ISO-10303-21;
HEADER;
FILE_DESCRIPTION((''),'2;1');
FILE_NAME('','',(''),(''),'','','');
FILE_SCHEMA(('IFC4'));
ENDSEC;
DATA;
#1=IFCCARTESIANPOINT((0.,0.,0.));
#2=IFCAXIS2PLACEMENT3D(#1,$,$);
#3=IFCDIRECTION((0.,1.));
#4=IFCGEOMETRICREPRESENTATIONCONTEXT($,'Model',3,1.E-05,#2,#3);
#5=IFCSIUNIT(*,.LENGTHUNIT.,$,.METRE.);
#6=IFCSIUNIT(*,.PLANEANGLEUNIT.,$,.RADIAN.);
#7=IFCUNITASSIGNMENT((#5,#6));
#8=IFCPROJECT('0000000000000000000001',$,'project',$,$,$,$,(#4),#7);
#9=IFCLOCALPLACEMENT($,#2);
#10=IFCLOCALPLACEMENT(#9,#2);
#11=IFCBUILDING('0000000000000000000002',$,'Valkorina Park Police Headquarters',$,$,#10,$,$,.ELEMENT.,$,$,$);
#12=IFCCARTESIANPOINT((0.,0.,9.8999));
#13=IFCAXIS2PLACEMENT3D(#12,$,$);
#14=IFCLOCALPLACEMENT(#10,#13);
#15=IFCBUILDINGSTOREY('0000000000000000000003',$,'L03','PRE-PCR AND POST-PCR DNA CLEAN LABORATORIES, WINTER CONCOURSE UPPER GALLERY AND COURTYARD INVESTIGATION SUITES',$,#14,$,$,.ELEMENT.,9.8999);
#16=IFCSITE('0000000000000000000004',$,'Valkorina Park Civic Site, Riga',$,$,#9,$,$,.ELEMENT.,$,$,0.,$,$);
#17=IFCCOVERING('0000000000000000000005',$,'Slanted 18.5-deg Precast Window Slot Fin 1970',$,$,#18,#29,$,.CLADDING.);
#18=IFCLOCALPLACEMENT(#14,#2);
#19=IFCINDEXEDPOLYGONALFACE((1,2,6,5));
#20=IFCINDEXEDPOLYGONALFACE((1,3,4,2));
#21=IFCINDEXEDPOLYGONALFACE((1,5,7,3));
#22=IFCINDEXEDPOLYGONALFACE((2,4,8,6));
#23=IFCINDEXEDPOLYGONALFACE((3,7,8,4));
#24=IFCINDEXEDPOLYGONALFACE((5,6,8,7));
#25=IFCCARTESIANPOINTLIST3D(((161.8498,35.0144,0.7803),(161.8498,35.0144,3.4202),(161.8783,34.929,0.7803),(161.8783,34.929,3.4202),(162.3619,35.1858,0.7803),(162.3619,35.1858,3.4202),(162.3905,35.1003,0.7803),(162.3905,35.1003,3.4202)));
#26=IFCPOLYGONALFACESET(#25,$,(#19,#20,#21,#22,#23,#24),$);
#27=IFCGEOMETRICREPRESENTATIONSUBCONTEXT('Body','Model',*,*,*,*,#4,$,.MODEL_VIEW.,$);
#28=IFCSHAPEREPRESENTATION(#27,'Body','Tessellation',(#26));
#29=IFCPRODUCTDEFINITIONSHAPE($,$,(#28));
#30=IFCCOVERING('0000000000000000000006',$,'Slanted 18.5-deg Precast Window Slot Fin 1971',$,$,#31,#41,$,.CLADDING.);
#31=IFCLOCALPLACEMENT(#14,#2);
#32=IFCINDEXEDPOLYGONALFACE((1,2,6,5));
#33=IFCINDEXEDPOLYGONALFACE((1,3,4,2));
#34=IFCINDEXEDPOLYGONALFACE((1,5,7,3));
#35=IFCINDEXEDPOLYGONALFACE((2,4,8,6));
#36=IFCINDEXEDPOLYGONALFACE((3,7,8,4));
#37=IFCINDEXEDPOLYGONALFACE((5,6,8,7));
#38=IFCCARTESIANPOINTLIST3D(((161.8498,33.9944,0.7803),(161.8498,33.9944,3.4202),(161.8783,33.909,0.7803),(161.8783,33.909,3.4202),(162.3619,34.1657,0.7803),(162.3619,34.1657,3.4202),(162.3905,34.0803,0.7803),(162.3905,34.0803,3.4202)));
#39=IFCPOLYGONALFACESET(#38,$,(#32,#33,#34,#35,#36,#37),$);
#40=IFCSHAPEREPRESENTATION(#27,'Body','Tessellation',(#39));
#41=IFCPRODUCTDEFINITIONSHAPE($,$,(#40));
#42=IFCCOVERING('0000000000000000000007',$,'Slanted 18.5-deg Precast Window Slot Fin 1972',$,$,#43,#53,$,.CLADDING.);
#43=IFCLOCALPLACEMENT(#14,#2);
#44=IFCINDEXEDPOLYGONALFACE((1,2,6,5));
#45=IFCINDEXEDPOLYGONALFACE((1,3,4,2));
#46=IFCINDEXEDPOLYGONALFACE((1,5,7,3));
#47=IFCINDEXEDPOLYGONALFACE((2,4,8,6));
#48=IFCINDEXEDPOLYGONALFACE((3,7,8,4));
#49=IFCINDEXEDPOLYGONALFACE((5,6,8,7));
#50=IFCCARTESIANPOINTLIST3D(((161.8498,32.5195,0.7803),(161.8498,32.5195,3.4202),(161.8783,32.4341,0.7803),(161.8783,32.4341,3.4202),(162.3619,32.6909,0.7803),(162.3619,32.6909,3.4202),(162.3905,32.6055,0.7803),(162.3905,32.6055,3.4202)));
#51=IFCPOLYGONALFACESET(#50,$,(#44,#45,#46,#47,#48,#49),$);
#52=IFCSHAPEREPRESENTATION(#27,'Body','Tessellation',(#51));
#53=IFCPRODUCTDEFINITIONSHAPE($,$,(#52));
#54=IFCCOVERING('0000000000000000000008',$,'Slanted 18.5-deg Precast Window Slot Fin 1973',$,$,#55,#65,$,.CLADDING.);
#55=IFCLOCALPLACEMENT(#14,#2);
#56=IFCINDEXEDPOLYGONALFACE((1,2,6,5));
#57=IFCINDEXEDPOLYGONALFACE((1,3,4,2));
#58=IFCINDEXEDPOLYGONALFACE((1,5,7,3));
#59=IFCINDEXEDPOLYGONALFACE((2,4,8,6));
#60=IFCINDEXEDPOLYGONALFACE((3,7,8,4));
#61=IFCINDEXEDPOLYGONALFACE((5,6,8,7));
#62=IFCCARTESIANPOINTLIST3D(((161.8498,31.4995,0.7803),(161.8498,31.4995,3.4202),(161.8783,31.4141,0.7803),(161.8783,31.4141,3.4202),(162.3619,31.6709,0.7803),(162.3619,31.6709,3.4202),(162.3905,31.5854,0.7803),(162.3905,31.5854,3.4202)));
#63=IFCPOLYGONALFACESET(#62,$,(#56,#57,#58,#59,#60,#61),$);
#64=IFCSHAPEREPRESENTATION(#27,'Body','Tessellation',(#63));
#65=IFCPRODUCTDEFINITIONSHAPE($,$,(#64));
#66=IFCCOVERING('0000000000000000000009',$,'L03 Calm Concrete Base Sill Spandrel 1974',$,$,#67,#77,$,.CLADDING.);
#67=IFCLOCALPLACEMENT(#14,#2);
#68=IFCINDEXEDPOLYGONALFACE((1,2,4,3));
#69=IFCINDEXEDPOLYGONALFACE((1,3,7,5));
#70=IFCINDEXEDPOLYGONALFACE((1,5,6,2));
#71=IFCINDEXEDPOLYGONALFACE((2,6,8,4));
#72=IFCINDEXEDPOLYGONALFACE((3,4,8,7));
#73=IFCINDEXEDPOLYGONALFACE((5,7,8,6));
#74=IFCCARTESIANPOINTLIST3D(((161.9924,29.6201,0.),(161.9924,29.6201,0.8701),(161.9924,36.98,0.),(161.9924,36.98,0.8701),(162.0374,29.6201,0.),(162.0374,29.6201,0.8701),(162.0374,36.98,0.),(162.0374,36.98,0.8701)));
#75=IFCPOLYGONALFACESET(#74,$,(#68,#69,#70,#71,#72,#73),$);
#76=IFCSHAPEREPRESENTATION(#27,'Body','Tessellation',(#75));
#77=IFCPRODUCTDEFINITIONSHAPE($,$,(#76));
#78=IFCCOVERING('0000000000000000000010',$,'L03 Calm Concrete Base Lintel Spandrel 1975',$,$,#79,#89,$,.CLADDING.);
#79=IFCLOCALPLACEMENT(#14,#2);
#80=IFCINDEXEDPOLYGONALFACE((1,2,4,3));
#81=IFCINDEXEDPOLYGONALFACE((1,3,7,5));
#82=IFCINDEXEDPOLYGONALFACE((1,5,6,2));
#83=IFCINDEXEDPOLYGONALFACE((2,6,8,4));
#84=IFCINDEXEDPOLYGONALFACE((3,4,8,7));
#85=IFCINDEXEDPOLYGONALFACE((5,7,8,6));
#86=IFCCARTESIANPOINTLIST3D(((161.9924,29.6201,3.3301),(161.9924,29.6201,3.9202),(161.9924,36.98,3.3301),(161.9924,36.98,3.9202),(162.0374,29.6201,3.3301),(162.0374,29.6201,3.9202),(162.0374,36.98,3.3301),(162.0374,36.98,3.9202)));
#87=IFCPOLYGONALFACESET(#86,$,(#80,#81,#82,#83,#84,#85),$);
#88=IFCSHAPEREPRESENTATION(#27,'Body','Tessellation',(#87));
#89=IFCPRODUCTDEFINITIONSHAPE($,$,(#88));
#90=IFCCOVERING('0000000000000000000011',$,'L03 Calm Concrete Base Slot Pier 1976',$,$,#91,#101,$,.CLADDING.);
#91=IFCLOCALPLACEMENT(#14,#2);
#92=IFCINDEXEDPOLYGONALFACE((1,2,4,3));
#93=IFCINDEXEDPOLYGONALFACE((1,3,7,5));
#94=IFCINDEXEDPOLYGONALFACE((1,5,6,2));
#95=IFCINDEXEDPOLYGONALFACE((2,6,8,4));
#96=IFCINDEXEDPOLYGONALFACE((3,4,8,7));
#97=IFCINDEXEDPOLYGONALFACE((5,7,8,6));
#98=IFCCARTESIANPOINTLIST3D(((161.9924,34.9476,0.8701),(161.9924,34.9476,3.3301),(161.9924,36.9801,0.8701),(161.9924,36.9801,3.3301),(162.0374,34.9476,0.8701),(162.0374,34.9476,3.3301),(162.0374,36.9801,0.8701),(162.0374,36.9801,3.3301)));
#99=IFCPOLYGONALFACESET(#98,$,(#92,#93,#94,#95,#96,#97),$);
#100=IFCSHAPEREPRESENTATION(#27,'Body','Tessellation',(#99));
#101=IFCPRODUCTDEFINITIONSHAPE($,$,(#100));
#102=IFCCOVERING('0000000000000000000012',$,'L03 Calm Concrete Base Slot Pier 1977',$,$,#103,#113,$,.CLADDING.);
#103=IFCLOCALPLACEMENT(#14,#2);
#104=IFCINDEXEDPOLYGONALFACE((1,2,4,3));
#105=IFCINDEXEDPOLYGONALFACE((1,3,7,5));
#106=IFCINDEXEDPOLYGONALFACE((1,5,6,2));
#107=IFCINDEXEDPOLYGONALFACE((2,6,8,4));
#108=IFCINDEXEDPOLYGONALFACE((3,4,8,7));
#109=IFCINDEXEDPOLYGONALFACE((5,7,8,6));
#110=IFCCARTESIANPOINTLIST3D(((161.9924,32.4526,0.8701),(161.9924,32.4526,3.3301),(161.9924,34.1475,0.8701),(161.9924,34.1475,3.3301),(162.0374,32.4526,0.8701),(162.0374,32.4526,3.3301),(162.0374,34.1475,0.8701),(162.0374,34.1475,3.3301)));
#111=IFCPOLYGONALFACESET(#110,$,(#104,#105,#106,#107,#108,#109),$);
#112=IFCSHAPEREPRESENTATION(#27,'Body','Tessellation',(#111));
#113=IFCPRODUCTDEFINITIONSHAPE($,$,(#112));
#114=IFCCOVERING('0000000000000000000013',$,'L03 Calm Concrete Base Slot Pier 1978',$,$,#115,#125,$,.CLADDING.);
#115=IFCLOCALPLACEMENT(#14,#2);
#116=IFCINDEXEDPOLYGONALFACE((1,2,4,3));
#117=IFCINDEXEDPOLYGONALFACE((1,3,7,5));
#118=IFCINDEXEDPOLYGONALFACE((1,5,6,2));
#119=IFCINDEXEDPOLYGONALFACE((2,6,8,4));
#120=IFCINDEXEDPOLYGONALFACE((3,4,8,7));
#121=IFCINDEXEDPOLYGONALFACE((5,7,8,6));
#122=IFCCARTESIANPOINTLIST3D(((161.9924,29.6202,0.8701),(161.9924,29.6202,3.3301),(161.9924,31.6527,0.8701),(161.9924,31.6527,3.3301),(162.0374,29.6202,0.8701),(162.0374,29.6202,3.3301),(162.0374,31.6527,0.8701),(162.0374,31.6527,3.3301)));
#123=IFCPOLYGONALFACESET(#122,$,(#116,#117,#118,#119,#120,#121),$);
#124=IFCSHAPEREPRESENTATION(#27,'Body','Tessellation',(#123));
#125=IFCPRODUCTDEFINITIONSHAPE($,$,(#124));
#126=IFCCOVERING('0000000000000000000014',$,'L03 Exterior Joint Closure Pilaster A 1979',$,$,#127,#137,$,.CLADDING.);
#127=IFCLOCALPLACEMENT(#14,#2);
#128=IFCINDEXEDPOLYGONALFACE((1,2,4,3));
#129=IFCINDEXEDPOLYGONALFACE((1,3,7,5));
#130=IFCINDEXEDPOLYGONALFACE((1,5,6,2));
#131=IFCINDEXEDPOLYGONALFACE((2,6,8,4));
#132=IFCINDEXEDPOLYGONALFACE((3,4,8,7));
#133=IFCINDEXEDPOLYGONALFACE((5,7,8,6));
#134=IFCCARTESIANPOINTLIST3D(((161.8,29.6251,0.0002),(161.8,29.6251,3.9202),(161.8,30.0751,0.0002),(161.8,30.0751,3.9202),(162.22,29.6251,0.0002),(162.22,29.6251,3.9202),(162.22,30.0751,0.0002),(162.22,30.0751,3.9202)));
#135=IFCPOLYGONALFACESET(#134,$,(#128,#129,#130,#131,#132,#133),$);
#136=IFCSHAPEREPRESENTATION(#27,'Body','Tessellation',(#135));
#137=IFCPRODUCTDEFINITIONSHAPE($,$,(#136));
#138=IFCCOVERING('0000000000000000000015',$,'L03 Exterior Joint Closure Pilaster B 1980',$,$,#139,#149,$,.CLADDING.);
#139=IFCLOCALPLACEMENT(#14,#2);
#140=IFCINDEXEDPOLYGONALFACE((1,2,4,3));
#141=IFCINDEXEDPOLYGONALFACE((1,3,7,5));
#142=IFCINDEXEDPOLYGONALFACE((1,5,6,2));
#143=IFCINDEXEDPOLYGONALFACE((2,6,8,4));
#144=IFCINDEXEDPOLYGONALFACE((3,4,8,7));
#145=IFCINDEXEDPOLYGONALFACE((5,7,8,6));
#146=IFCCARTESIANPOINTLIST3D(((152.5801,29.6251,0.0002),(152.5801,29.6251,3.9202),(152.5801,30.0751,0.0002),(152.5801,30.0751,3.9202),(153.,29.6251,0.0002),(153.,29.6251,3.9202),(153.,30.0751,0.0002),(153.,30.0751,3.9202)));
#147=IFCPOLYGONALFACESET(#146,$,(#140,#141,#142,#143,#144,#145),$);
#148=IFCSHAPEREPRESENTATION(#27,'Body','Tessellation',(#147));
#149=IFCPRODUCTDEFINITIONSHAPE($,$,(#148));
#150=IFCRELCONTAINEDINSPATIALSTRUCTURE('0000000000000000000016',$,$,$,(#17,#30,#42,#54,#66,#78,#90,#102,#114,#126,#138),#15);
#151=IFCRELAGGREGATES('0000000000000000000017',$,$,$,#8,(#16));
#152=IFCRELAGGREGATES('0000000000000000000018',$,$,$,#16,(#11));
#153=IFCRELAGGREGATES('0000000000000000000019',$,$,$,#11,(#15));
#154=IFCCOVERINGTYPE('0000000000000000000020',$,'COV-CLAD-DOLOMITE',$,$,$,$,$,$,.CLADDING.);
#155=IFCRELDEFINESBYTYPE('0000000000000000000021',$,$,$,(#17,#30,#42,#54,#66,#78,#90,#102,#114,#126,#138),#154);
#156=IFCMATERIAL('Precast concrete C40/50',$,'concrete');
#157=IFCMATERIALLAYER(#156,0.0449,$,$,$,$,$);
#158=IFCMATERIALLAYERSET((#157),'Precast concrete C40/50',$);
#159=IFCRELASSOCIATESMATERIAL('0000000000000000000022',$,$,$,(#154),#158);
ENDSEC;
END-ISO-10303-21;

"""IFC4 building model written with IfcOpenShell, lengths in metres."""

from ifc_helpers import new_model, si_unit, direction, frame, frame_2d, origin, origin_2d, place, context, subcontext, project, spatial, rectangle, extrude, material, layer, layer_set, type_object, element, save


model = new_model("IFC4")

# Units and contexts
model_context = context("Model", 3, precision=1e-05, world=origin(), true_north=direction((0.0, 1.0)))
body_context = subcontext(model_context, "Body", "Model", "MODEL_VIEW")
ifc_project = project(units=[si_unit("LENGTHUNIT", "METRE"), si_unit("PLANEANGLEUNIT", "RADIAN")], contexts=[model_context])

# Site, building, storey
site_placement = place(None, origin())
site = spatial("IfcSite", under=ifc_project, at=site_placement, Name="Valkorina Park Civic Site, Riga", CompositionType="ELEMENT", RefElevation=0.0)
building_placement = place(site_placement, origin())
building = spatial("IfcBuilding", under=site, at=building_placement, Name="Valkorina Park Police Headquarters", CompositionType="ELEMENT")
storey_placement = place(building_placement, frame((0.0, 0.0, 9.8999)))
storey = spatial("IfcBuildingStorey", under=building, at=storey_placement, Name="L03", Description="PRE-PCR AND POST-PCR DNA CLEAN LABORATORIES, WINTER CONCOURSE UPPER GALLERY AND COURTYARD INVESTIGATION SUITES", CompositionType="ELEMENT", Elevation=9.8999)

# Shared definitions
ifc_material_1 = material(Name="Precast concrete C40/50", Category="concrete")

# Coverings
ifc_layer_1 = layer(ifc_material_1, 0.0449)
ifc_layer_set_1 = layer_set([ifc_layer_1], Name="Precast concrete C40/50")
covering_type = type_object("IfcCoveringType", Name="COV-CLAD-DOLOMITE", PredefinedType="CLADDING", material=ifc_layer_set_1)
for number, where, z_axis, x_axis, name in (
    (1, (162.1201, 35.0574, 0.7803), (0.0, 0.0, 1.0), (0.948324, 0.317305, 0.0), "Slanted 18.5-deg Precast Window Slot Fin 1970"),
    (2, (162.1201, 34.0374, 0.7803), (0.0, 0.0, 1.0), (0.948324, 0.317305, 0.0), "Slanted 18.5-deg Precast Window Slot Fin 1971"),
    (3, (162.1201, 32.5625, 0.7803), (0.0, 0.0, 1.0), (0.948324, 0.317305, 0.0), "Slanted 18.5-deg Precast Window Slot Fin 1972"),
    (4, (162.1201, 31.5425, 0.7803), (0.0, 0.0, 1.0), (0.948324, 0.317305, 0.0), "Slanted 18.5-deg Precast Window Slot Fin 1973"),
):
    element("IfcCovering", number, at=place(storey_placement, frame(where, z_axis=z_axis, x_axis=x_axis)), inside=storey, type_object=covering_type, Name=name, PredefinedType="CLADDING", context=body_context, shape_type="SweptSolid", body=[
        extrude(rectangle(XDim=0.54, YDim=0.0901, at=origin_2d()), origin(), (0.0, 0.0, 1.0), 2.6399),
    ])
covering_1_placement = place(storey_placement, frame((162.0149, 36.98, 0.0), z_axis=(0.0, 0.0, 1.0), x_axis=(0.0, -1.0, 0.0)))
element("IfcCovering", 5, at=covering_1_placement, inside=storey, type_object=covering_type, Name="L03 Calm Concrete Base Sill Spandrel 1974", PredefinedType="CLADDING", context=body_context, shape_type="SweptSolid", body=[
    extrude(rectangle(XDim=7.3599, YDim=0.0449, at=frame_2d((3.6799, 0.0))), origin(), (0.0, 0.0, 1.0), 0.8701),
])
covering_2_placement = place(storey_placement, frame((162.0149, 36.98, 3.3301), z_axis=(0.0, 0.0, 1.0), x_axis=(0.0, -1.0, 0.0)))
element("IfcCovering", 6, at=covering_2_placement, inside=storey, type_object=covering_type, Name="L03 Calm Concrete Base Lintel Spandrel 1975", PredefinedType="CLADDING", context=body_context, shape_type="SweptSolid", body=[
    extrude(rectangle(XDim=7.3599, YDim=0.0449, at=frame_2d((3.6799, 0.0))), origin(), (0.0, 0.0, 1.0), 0.5901),
])
covering_3_placement = place(storey_placement, frame((162.0149, 36.98, 0.8701), z_axis=(0.0, 0.0, 1.0), x_axis=(0.0, -1.0, 0.0)))
element("IfcCovering", 7, at=covering_3_placement, inside=storey, type_object=covering_type, Name="L03 Calm Concrete Base Slot Pier 1976", PredefinedType="CLADDING", context=body_context, shape_type="SweptSolid", body=[
    extrude(rectangle(XDim=2.0325, YDim=0.0449, at=frame_2d((1.0161, 0.0))), origin(), (0.0, 0.0, 1.0), 2.46),
])
covering_4_placement = place(storey_placement, frame((162.0149, 34.1475, 0.8701), z_axis=(0.0, 0.0, 1.0), x_axis=(0.0, -1.0, 0.0)))
element("IfcCovering", 8, at=covering_4_placement, inside=storey, type_object=covering_type, Name="L03 Calm Concrete Base Slot Pier 1977", PredefinedType="CLADDING", context=body_context, shape_type="SweptSolid", body=[
    extrude(rectangle(XDim=1.6948, YDim=0.0449, at=frame_2d((0.8474, 0.0))), origin(), (0.0, 0.0, 1.0), 2.46),
])
covering_5_placement = place(storey_placement, frame((162.0149, 31.6526, 0.8701), z_axis=(0.0, 0.0, 1.0), x_axis=(0.0, -1.0, 0.0)))
element("IfcCovering", 9, at=covering_5_placement, inside=storey, type_object=covering_type, Name="L03 Calm Concrete Base Slot Pier 1978", PredefinedType="CLADDING", context=body_context, shape_type="SweptSolid", body=[
    extrude(rectangle(XDim=2.0325, YDim=0.0449, at=frame_2d((1.0161, 0.0))), origin(), (0.0, 0.0, 1.0), 2.46),
])
for number, where, z_axis, x_axis, name in (
    (10, (162.01, 29.8501, 0.0002), (0.0, 0.0, 1.0), (1.0, 0.0, 0.0), "L03 Exterior Joint Closure Pilaster A 1979"),
    (11, (152.79, 29.8501, 0.0002), (0.0, 0.0, 1.0), (1.0, 0.0, 0.0), "L03 Exterior Joint Closure Pilaster B 1980"),
):
    element("IfcCovering", number, at=place(storey_placement, frame(where, z_axis=z_axis, x_axis=x_axis)), inside=storey, type_object=covering_type, Name=name, PredefinedType="CLADDING", context=body_context, shape_type="SweptSolid", body=[
        extrude(rectangle(XDim=0.4199, YDim=0.45, at=origin_2d()), origin(), (0.0, 0.0, 1.0), 3.9199),
    ])

save(model, "model.ifc")
